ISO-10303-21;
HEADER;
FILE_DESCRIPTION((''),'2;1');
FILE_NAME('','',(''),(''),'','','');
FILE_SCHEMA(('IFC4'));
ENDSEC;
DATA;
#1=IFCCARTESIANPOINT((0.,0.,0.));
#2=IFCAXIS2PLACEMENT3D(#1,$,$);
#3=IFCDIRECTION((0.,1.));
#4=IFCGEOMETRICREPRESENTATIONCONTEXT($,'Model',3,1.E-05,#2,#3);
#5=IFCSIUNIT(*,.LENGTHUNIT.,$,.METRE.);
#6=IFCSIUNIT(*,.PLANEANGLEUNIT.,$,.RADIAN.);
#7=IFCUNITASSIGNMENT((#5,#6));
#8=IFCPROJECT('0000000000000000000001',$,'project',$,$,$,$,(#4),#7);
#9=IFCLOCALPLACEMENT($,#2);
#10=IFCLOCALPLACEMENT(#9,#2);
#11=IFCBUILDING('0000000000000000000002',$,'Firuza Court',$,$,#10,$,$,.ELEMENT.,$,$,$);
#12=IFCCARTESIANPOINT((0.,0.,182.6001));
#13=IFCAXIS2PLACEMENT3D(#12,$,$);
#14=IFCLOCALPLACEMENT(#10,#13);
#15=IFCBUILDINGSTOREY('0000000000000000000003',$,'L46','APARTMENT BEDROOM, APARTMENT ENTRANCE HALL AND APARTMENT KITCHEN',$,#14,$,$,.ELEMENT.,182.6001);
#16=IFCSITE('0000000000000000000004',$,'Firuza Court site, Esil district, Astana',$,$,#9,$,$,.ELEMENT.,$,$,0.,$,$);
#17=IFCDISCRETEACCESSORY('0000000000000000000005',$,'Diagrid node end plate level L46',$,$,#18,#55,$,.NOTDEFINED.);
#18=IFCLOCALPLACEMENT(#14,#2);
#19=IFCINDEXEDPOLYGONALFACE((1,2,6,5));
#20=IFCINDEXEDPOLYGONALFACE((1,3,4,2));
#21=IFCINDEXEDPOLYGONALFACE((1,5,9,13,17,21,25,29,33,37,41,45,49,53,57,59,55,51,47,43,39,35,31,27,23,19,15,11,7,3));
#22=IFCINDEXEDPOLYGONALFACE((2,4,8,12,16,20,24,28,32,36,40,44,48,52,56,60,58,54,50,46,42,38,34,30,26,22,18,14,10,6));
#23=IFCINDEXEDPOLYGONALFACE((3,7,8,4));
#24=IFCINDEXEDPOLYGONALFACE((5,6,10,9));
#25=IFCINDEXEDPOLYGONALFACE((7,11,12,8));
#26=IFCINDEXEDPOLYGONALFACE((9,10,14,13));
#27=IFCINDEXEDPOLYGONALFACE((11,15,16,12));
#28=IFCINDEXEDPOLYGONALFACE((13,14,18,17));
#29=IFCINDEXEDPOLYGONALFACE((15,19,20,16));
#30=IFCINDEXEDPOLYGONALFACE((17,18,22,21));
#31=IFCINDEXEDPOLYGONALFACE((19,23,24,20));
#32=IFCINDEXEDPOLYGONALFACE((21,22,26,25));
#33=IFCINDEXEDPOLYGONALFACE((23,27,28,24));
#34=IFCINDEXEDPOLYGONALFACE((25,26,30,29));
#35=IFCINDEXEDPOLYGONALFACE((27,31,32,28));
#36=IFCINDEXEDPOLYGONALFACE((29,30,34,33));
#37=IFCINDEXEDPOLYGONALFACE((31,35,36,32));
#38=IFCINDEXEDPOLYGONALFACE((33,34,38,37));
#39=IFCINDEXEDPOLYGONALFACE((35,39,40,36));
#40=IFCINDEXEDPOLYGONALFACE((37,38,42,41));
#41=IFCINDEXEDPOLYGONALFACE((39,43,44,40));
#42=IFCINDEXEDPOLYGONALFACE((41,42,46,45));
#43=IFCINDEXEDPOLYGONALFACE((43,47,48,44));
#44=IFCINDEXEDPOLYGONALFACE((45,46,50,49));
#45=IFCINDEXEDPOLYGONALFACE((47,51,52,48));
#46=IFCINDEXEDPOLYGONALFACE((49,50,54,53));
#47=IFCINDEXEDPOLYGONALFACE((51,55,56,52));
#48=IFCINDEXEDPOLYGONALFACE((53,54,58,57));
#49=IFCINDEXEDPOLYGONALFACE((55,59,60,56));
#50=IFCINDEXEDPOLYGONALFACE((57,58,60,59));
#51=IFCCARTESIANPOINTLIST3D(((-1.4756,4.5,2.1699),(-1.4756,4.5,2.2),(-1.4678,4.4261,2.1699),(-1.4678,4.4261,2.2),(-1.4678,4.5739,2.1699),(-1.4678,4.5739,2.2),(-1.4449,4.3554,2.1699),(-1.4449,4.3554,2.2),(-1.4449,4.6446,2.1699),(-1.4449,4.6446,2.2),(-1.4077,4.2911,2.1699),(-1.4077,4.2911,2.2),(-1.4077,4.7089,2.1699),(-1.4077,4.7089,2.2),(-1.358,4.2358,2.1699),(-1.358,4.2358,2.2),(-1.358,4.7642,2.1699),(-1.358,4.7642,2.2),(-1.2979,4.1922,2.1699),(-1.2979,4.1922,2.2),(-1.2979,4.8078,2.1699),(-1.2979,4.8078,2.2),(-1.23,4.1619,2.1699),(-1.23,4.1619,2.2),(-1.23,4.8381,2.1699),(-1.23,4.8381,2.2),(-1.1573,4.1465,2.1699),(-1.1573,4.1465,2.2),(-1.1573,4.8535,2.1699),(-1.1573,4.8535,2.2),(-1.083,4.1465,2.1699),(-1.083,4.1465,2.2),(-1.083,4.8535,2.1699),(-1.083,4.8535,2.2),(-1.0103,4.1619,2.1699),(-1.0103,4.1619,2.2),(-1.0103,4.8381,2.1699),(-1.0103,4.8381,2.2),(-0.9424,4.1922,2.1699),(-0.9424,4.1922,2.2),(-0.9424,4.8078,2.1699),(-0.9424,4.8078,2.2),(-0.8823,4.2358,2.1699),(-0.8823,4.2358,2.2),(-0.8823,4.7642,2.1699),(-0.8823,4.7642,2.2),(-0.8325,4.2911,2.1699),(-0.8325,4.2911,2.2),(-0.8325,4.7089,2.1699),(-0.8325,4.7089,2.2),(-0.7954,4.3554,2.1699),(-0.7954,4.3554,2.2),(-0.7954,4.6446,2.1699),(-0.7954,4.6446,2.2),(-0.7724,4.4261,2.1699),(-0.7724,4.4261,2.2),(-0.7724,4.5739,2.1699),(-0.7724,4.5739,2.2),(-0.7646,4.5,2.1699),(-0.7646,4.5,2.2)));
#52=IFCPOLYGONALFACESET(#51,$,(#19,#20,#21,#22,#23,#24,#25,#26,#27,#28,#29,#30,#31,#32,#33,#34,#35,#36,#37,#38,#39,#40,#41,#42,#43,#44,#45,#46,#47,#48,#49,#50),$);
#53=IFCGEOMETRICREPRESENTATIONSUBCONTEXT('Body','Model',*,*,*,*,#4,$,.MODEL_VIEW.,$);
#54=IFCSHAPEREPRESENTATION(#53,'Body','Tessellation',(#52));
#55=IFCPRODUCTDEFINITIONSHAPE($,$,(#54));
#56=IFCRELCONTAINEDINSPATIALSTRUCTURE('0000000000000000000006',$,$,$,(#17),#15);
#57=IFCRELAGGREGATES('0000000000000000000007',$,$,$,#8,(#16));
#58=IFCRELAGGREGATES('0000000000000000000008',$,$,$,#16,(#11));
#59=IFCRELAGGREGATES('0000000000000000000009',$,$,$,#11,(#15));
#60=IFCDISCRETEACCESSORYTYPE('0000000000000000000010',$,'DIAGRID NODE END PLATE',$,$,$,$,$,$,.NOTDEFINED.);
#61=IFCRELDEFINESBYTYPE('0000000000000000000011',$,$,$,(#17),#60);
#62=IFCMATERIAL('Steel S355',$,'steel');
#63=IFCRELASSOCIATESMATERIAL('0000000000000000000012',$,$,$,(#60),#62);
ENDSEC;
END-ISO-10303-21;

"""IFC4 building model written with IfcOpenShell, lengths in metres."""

from ifc_helpers import new_model, si_unit, direction, frame, origin, origin_2d, place, context, subcontext, project, spatial, circle, extrude, material, material_profile, profile_set, type_object, element, save


model = new_model("IFC4")

# Units and contexts
model_context = context("Model", 3, precision=1e-05, world=origin(), true_north=direction((0.0, 1.0)))
body_context = subcontext(model_context, "Body", "Model", "MODEL_VIEW")
ifc_project = project(units=[si_unit("LENGTHUNIT", "METRE"), si_unit("PLANEANGLEUNIT", "RADIAN")], contexts=[model_context])

# Site, building, storey
site_placement = place(None, origin())
site = spatial("IfcSite", under=ifc_project, at=site_placement, Name="Firuza Court site, Esil district, Astana", CompositionType="ELEMENT", RefElevation=0.0)
building_placement = place(site_placement, origin())
building = spatial("IfcBuilding", under=site, at=building_placement, Name="Firuza Court", CompositionType="ELEMENT")
storey_placement = place(building_placement, frame((0.0, 0.0, 182.6001)))
storey = spatial("IfcBuildingStorey", under=building, at=storey_placement, Name="L46", Description="APARTMENT BEDROOM, APARTMENT ENTRANCE HALL AND APARTMENT KITCHEN", CompositionType="ELEMENT", Elevation=182.6001)

# Discrete accessory
ifc_material_1 = material(Name="Steel S355", Category="steel")
ifc_material_profile_1 = material_profile(ifc_material_1, circle(Radius=0.3555, at=origin_2d()), Name="PL D711")
ifc_profile_set_1 = profile_set([ifc_material_profile_1], Name="Steel S355")
discrete_accessory_type = type_object("IfcDiscreteAccessoryType", Name="DIAGRID NODE END PLATE", PredefinedType="NOTDEFINED", material=ifc_profile_set_1)
for number, where, z_axis, x_axis, name in (
    (1, (-1.1201, 4.5, 2.1699), (0.0, 0.0, 1.0), (1.0, 0.0, 0.0), "Diagrid node end plate level L46"),
):
    element("IfcDiscreteAccessory", number, at=place(storey_placement, frame(where, z_axis=z_axis, x_axis=x_axis)), inside=storey, type_object=discrete_accessory_type, Name=name, PredefinedType="NOTDEFINED", context=body_context, shape_type="SweptSolid", body=[
        extrude(circle(Radius=0.3555, at=origin_2d()), origin(), (0.0, 0.0, 1.0), 0.03),
    ])

save(model, "model.ifc")
